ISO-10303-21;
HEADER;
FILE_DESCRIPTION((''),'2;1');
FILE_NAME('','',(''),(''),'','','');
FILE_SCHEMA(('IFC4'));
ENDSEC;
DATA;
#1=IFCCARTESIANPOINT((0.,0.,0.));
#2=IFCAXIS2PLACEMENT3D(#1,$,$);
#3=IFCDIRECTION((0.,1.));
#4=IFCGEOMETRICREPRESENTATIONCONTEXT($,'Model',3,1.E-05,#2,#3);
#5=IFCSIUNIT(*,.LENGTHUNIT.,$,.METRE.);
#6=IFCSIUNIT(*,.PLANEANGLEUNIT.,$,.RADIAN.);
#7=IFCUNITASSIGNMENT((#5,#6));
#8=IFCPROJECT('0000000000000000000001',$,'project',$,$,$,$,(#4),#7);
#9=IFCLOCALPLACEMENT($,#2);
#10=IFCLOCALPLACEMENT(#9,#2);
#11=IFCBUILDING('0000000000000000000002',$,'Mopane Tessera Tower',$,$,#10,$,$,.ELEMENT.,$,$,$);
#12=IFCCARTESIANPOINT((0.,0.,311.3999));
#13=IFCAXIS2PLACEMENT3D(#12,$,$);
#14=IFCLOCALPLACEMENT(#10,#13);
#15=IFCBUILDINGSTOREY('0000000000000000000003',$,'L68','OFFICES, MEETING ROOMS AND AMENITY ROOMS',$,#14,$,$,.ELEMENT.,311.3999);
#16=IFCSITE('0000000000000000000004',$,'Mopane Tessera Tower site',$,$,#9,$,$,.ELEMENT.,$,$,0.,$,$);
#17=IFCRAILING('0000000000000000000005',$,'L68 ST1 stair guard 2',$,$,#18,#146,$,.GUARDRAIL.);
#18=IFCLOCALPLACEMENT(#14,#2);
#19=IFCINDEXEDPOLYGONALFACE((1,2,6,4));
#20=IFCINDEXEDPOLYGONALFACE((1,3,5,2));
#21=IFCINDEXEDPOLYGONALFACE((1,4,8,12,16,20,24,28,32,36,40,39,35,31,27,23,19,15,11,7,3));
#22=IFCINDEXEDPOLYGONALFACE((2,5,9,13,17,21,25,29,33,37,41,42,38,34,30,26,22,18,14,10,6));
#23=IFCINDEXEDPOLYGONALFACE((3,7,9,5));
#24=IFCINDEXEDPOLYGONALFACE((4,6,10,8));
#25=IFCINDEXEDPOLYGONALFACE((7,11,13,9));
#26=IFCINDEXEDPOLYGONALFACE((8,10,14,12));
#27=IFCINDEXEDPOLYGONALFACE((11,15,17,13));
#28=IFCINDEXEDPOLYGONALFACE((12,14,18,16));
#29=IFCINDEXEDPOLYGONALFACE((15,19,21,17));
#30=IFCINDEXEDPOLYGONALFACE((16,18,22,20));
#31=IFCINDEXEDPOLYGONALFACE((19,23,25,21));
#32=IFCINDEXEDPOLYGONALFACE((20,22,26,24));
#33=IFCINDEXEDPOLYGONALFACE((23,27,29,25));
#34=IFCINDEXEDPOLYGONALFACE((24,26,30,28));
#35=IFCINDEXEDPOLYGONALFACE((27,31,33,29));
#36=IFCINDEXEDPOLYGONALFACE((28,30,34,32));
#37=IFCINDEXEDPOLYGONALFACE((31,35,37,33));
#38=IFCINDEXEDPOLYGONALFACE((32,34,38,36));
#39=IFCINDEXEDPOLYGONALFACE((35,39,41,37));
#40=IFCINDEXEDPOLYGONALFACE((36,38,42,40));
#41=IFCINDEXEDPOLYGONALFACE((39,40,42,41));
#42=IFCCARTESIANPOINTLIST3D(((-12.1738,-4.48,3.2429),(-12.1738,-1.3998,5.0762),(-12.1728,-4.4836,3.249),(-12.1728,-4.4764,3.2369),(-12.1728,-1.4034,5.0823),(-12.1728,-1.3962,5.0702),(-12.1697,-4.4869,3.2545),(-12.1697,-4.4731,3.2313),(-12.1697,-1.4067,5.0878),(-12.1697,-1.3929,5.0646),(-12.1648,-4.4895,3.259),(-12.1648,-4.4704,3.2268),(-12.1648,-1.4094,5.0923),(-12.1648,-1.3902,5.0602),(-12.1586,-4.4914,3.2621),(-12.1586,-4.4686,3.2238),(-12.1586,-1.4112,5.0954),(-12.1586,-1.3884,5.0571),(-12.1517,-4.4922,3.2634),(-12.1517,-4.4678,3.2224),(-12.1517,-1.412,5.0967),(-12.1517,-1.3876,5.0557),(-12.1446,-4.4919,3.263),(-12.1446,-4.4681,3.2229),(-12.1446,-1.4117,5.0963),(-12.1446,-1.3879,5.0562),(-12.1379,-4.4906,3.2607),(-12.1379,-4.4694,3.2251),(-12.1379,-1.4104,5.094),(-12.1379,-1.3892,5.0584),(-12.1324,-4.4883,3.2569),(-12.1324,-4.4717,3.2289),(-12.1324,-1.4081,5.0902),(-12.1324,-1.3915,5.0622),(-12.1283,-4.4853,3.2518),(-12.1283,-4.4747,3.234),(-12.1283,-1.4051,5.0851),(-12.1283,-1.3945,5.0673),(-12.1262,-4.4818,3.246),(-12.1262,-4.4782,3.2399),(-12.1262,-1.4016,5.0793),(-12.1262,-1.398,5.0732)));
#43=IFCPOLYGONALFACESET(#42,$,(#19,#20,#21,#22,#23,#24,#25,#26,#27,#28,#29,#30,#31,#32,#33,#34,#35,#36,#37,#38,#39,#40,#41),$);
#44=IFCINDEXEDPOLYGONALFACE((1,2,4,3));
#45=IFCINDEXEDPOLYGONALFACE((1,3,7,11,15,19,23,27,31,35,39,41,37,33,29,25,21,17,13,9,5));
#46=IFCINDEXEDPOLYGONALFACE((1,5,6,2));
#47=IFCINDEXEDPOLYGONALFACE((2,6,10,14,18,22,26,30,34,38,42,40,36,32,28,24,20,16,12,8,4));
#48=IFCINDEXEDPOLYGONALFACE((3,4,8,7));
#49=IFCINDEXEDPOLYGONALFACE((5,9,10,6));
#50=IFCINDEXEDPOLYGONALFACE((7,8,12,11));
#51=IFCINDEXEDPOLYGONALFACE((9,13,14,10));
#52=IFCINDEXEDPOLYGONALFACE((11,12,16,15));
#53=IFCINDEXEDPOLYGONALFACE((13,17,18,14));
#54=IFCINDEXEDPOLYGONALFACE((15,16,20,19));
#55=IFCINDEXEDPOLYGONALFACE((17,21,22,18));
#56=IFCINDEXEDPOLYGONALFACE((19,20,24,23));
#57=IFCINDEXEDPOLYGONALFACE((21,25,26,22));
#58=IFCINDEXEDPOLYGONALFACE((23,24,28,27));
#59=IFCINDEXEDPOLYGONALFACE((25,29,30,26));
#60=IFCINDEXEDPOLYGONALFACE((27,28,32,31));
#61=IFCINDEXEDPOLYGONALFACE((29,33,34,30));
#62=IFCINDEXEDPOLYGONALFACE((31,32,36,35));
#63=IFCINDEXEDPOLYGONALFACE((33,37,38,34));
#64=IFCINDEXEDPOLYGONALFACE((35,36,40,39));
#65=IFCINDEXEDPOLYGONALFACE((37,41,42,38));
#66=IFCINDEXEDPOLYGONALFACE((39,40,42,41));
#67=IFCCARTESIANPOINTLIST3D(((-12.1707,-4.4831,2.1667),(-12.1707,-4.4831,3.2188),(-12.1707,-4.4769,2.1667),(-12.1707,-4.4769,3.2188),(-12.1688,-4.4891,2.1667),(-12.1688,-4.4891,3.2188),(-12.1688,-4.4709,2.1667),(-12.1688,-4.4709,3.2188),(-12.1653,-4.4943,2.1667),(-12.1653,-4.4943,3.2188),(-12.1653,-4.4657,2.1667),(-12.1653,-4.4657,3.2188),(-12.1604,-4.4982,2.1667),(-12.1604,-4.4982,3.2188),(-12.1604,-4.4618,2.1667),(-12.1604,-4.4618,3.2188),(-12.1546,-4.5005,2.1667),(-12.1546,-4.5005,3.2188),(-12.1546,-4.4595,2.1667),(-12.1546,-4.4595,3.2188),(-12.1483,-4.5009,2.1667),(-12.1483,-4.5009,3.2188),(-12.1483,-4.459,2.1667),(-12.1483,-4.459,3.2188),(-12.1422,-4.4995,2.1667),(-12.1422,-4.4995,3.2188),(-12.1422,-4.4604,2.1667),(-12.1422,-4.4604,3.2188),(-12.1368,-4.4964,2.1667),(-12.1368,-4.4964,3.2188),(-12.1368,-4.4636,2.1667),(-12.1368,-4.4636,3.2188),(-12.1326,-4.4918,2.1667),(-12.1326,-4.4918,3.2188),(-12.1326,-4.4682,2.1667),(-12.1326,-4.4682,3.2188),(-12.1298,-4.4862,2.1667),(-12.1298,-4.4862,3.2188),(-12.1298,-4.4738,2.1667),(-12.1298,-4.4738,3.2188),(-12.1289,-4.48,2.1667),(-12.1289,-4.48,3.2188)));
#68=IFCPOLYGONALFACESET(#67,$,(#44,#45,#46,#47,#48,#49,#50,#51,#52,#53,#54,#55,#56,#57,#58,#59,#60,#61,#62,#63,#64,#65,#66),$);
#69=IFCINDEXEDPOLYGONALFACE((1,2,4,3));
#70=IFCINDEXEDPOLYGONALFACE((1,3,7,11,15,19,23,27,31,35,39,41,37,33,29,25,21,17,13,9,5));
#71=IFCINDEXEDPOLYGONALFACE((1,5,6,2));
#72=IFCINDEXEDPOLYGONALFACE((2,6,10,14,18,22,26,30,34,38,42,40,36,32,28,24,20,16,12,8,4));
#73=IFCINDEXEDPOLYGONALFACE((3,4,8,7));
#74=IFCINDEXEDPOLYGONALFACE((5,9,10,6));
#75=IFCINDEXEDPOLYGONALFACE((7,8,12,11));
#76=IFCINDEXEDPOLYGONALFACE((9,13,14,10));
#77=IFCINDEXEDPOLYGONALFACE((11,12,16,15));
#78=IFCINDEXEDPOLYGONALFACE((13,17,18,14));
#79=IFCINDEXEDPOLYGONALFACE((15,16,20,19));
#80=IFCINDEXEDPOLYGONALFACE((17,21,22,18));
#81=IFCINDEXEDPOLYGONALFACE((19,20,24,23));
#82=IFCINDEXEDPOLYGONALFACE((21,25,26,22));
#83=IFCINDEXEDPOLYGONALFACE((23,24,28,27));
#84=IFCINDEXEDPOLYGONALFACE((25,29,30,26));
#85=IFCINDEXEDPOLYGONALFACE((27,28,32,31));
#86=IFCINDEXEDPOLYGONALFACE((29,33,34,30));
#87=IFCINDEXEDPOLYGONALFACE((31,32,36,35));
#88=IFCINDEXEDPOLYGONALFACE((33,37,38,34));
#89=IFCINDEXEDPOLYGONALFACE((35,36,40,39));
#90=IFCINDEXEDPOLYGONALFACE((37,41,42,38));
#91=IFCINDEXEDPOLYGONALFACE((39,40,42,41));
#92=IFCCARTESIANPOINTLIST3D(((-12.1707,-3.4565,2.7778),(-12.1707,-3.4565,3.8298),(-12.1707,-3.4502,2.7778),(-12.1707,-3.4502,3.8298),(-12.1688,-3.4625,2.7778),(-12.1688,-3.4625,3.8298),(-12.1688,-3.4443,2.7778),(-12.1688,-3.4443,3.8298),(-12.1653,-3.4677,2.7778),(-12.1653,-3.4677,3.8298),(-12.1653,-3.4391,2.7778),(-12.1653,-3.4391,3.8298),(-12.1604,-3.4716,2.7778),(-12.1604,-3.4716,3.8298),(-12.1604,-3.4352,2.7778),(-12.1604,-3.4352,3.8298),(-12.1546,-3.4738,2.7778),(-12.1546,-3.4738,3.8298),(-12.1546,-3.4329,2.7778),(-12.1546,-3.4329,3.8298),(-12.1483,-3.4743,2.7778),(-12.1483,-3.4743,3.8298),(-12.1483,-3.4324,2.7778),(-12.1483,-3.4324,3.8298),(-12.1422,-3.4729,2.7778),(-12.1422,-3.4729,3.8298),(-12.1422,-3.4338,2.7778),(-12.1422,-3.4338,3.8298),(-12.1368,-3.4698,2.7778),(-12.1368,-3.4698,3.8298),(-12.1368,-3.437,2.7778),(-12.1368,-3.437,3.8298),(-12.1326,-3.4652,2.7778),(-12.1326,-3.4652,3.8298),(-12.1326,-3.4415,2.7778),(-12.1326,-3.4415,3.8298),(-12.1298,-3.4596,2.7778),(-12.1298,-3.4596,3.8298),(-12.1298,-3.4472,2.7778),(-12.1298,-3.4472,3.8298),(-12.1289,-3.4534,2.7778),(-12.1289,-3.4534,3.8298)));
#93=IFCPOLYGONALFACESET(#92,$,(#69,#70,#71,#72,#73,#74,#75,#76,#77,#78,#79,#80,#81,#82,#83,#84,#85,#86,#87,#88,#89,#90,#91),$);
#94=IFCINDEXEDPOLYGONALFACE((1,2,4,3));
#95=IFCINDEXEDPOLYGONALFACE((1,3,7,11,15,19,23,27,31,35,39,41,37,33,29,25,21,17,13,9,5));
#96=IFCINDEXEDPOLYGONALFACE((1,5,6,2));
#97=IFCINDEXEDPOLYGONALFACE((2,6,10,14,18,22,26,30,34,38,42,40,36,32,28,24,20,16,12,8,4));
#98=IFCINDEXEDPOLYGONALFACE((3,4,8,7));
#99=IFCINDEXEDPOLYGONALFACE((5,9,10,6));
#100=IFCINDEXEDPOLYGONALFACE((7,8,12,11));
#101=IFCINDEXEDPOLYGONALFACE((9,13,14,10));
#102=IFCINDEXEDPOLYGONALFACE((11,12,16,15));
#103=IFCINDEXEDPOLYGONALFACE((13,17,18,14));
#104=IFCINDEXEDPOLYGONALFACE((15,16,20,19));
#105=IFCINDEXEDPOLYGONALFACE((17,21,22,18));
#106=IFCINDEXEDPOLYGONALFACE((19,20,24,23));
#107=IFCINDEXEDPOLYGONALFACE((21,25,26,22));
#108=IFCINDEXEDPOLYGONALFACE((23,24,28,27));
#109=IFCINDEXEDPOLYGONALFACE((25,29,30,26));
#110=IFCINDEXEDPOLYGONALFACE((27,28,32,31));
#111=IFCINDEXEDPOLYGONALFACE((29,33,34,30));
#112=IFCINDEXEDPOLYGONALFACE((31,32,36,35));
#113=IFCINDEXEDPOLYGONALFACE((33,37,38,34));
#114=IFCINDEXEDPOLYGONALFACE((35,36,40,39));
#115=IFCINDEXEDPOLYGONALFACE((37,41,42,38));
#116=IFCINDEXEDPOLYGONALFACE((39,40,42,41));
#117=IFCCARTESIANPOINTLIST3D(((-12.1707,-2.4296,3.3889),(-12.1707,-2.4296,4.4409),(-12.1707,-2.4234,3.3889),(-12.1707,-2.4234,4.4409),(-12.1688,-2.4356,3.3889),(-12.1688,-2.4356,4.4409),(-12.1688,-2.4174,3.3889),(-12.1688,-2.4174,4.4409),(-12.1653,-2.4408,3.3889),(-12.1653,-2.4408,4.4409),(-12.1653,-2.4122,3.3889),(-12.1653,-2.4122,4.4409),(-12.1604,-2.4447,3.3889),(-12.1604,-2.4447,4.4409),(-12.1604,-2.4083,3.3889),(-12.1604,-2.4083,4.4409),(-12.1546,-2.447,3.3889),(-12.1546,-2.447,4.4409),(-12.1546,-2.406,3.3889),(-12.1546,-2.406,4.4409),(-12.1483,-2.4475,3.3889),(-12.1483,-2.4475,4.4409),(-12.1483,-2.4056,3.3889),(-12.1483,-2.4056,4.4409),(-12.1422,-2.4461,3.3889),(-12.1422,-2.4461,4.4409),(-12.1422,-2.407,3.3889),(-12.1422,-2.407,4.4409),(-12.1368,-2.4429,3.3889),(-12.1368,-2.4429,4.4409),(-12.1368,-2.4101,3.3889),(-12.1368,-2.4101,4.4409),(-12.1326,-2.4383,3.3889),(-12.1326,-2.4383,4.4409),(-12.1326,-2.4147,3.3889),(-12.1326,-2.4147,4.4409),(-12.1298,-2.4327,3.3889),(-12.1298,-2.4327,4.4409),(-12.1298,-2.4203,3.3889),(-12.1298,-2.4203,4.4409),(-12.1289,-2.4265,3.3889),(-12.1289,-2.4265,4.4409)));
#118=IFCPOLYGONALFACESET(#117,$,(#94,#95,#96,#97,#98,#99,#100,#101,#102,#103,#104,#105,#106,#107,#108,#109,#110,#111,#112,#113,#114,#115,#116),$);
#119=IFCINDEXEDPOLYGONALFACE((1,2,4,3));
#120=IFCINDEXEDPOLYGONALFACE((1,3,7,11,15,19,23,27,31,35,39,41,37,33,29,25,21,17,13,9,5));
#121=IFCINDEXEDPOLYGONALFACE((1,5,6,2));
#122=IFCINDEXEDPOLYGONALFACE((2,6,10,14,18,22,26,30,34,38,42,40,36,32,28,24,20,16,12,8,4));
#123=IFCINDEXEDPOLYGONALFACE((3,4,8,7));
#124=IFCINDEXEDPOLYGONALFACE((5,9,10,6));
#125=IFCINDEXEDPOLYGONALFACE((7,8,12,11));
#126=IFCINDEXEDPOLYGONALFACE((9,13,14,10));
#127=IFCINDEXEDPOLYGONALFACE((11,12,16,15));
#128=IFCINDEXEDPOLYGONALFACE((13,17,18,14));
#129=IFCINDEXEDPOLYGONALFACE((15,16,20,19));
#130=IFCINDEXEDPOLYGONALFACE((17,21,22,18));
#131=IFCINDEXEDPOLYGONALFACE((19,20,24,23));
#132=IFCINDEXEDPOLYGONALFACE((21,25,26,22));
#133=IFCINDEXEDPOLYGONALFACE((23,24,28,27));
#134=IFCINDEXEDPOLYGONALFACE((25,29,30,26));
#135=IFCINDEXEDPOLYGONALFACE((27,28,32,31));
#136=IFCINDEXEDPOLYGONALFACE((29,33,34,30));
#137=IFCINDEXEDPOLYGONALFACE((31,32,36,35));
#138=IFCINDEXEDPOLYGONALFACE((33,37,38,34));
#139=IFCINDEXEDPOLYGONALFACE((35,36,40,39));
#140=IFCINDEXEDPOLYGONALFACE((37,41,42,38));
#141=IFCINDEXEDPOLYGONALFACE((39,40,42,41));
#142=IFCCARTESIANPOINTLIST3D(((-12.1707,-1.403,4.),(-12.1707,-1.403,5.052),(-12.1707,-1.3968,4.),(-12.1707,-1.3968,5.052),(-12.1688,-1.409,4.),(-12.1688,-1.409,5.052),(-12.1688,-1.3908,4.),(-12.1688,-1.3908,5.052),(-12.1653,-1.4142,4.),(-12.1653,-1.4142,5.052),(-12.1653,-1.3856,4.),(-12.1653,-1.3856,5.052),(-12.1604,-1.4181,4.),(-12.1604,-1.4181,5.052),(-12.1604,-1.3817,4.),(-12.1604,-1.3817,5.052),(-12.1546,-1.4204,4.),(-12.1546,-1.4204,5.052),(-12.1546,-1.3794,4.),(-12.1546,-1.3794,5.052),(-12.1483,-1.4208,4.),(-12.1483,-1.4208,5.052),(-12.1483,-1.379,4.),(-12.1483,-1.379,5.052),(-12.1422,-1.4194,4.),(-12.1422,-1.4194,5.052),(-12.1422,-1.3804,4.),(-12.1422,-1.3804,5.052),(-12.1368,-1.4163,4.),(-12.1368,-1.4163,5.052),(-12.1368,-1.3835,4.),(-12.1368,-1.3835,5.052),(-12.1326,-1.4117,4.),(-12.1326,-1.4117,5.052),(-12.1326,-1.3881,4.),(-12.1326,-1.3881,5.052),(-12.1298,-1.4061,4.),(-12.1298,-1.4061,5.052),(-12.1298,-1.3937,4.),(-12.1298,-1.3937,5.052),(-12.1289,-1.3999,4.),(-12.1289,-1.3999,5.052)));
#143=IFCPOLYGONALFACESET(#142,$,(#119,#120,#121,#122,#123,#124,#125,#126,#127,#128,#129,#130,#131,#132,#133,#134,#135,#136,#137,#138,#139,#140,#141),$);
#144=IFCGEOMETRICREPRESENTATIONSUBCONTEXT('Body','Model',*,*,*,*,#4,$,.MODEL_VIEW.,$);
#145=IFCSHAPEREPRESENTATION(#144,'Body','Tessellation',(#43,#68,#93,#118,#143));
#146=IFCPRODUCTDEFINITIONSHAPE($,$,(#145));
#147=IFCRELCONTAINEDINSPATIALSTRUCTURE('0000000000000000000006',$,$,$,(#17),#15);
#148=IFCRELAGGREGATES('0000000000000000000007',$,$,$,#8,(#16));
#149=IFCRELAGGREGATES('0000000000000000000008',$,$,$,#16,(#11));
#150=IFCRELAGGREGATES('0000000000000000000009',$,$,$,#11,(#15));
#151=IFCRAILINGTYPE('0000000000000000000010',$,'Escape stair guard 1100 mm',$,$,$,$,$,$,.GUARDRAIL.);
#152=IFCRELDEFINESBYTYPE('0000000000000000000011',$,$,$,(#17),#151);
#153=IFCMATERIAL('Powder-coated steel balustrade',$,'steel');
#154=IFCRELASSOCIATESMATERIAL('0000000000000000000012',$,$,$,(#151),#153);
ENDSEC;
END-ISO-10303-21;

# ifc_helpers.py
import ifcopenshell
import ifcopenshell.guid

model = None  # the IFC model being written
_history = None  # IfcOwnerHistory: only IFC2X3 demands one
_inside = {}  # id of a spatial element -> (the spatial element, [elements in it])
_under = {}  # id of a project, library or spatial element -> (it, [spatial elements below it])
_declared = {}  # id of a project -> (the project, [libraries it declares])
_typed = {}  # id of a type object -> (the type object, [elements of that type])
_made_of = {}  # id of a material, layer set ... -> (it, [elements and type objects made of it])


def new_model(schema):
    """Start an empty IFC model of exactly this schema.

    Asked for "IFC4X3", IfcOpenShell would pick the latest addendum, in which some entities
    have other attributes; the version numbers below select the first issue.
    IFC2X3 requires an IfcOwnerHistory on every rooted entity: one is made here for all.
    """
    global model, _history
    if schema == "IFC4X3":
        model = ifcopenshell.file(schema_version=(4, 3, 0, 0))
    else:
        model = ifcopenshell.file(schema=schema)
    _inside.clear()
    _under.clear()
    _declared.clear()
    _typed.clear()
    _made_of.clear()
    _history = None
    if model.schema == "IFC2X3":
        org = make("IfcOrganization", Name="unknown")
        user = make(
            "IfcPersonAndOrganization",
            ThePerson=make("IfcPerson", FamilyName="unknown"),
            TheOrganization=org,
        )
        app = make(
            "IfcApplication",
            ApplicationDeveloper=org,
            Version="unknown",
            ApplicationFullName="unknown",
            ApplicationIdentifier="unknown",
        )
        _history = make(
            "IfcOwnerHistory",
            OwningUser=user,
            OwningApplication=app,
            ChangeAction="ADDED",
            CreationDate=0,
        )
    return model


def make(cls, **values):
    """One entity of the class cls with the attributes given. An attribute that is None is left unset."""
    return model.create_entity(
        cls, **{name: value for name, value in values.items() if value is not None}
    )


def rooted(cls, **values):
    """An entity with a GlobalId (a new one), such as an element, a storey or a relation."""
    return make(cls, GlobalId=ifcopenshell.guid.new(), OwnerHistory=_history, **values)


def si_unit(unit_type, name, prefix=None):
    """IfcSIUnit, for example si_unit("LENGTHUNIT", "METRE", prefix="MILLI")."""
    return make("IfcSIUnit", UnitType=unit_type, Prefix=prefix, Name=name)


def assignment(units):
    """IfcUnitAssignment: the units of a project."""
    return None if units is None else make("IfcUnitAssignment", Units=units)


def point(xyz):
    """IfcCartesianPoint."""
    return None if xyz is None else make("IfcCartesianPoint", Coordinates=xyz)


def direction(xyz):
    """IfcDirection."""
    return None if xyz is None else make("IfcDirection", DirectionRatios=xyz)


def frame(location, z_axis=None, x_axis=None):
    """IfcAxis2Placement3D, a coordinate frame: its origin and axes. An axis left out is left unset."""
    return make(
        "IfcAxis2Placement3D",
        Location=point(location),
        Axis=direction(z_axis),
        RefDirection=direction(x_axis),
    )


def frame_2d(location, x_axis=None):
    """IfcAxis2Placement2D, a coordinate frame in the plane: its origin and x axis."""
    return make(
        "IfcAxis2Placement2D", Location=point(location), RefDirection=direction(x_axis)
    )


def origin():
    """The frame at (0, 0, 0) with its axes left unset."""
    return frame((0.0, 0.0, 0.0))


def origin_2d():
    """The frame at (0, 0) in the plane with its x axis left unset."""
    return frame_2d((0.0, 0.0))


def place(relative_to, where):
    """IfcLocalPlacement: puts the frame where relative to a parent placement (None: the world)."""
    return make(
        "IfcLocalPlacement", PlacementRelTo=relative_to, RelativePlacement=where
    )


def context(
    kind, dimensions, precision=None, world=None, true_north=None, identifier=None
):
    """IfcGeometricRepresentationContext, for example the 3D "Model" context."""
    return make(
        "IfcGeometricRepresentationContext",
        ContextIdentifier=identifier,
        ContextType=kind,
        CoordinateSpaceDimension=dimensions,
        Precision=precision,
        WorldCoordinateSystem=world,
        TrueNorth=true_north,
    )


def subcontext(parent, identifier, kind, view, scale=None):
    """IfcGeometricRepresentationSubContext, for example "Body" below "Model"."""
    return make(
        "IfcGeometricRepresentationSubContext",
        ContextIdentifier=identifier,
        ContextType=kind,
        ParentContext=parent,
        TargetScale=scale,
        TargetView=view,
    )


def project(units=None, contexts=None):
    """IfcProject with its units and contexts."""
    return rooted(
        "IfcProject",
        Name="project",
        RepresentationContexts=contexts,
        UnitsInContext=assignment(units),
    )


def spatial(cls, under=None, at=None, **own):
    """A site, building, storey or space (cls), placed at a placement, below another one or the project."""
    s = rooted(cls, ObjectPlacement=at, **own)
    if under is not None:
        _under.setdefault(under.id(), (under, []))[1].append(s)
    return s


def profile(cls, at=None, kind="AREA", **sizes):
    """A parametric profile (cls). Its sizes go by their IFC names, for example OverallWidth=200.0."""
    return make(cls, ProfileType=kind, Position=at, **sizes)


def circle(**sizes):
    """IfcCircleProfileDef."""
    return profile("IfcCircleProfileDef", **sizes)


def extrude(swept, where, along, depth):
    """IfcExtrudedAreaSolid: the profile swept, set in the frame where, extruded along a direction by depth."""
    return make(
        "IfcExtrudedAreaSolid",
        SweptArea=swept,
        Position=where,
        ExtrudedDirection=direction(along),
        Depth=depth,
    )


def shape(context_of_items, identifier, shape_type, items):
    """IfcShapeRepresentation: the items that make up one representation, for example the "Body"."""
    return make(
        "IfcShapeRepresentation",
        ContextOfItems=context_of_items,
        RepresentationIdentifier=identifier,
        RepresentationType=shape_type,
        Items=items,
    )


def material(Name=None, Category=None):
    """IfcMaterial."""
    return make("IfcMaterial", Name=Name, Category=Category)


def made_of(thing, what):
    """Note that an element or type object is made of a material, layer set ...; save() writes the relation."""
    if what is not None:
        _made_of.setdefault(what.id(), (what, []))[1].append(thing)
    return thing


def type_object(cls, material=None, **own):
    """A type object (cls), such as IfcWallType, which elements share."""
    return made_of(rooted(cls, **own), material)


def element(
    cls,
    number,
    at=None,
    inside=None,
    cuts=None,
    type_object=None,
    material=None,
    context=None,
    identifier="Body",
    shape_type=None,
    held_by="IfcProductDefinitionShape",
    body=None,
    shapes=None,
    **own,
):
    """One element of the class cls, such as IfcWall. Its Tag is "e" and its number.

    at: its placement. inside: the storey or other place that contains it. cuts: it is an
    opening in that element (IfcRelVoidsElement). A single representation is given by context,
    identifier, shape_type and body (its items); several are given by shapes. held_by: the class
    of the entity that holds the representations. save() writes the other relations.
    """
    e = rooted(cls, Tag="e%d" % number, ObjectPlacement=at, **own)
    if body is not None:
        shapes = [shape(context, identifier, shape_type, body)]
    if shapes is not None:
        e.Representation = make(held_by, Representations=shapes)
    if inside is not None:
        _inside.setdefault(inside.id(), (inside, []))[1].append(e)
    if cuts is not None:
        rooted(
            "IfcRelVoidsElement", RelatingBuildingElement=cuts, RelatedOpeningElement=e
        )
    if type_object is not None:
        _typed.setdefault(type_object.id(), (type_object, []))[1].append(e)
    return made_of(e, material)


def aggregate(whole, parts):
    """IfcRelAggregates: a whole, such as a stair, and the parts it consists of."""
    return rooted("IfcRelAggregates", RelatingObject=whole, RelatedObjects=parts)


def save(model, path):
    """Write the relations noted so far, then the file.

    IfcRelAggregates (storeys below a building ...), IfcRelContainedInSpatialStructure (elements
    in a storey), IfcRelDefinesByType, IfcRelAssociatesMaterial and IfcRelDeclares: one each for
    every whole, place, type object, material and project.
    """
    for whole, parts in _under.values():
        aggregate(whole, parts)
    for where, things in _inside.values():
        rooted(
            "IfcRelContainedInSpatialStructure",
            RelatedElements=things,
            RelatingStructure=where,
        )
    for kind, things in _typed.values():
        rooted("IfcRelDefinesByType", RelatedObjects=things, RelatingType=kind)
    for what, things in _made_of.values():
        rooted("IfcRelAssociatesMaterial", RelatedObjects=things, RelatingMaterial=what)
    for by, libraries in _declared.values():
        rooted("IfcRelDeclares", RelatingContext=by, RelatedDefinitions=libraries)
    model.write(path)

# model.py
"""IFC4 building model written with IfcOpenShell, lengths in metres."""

from ifc_helpers import new_model, si_unit, direction, frame, origin, origin_2d, place, context, subcontext, project, spatial, circle, extrude, material, type_object, element, save


model = new_model("IFC4")

# Units and contexts
model_context = context("Model", 3, precision=1e-05, world=origin(), true_north=direction((0.0, 1.0)))
body_context = subcontext(model_context, "Body", "Model", "MODEL_VIEW")
ifc_project = project(units=[si_unit("LENGTHUNIT", "METRE"), si_unit("PLANEANGLEUNIT", "RADIAN")], contexts=[model_context])

# Site, building, storey
site_placement = place(None, origin())
site = spatial("IfcSite", under=ifc_project, at=site_placement, Name="Mopane Tessera Tower site", CompositionType="ELEMENT", RefElevation=0.0)
building_placement = place(site_placement, origin())
building = spatial("IfcBuilding", under=site, at=building_placement, Name="Mopane Tessera Tower", CompositionType="ELEMENT")
storey_placement = place(building_placement, frame((0.0, 0.0, 311.3999)))
storey = spatial("IfcBuildingStorey", under=building, at=storey_placement, Name="L68", Description="OFFICES, MEETING ROOMS AND AMENITY ROOMS", CompositionType="ELEMENT", Elevation=311.3999)

# Railing
ifc_material_1 = material(Name="Powder-coated steel balustrade", Category="steel")
railing_type_1 = type_object("IfcRailingType", Name="Escape stair guard 1100 mm", PredefinedType="GUARDRAIL", material=ifc_material_1)
railing_1_placement = place(storey_placement, frame((-12.1499, -4.48, 2.1667)))
element("IfcRailing", 1, at=railing_1_placement, inside=storey, type_object=railing_type_1, Name="L68 ST1 stair guard 2", PredefinedType="GUARDRAIL", context=body_context, shape_type="SweptSolid", body=[
    extrude(circle(Radius=0.0239, at=origin_2d()), frame((0.0, 0.0, 1.0762), z_axis=(0.0, 0.859309, 0.511458), x_axis=(-1.0, 0.0, 0.0)), (0.0, 0.0, 1.0), 3.5845),
    extrude(circle(Radius=0.021, at=origin_2d()), origin(), (0.0, 0.0, 1.0), 1.052),
    extrude(circle(Radius=0.021, at=origin_2d()), frame((0.0, 1.0266, 0.6111)), (0.0, 0.0, 1.0), 1.052),
    extrude(circle(Radius=0.021, at=origin_2d()), frame((0.0, 2.0535, 1.2222)), (0.0, 0.0, 1.0), 1.052),
    extrude(circle(Radius=0.021, at=origin_2d()), frame((0.0, 3.0801, 1.8333)), (0.0, 0.0, 1.0), 1.052),
])

save(model, "model.ifc")
